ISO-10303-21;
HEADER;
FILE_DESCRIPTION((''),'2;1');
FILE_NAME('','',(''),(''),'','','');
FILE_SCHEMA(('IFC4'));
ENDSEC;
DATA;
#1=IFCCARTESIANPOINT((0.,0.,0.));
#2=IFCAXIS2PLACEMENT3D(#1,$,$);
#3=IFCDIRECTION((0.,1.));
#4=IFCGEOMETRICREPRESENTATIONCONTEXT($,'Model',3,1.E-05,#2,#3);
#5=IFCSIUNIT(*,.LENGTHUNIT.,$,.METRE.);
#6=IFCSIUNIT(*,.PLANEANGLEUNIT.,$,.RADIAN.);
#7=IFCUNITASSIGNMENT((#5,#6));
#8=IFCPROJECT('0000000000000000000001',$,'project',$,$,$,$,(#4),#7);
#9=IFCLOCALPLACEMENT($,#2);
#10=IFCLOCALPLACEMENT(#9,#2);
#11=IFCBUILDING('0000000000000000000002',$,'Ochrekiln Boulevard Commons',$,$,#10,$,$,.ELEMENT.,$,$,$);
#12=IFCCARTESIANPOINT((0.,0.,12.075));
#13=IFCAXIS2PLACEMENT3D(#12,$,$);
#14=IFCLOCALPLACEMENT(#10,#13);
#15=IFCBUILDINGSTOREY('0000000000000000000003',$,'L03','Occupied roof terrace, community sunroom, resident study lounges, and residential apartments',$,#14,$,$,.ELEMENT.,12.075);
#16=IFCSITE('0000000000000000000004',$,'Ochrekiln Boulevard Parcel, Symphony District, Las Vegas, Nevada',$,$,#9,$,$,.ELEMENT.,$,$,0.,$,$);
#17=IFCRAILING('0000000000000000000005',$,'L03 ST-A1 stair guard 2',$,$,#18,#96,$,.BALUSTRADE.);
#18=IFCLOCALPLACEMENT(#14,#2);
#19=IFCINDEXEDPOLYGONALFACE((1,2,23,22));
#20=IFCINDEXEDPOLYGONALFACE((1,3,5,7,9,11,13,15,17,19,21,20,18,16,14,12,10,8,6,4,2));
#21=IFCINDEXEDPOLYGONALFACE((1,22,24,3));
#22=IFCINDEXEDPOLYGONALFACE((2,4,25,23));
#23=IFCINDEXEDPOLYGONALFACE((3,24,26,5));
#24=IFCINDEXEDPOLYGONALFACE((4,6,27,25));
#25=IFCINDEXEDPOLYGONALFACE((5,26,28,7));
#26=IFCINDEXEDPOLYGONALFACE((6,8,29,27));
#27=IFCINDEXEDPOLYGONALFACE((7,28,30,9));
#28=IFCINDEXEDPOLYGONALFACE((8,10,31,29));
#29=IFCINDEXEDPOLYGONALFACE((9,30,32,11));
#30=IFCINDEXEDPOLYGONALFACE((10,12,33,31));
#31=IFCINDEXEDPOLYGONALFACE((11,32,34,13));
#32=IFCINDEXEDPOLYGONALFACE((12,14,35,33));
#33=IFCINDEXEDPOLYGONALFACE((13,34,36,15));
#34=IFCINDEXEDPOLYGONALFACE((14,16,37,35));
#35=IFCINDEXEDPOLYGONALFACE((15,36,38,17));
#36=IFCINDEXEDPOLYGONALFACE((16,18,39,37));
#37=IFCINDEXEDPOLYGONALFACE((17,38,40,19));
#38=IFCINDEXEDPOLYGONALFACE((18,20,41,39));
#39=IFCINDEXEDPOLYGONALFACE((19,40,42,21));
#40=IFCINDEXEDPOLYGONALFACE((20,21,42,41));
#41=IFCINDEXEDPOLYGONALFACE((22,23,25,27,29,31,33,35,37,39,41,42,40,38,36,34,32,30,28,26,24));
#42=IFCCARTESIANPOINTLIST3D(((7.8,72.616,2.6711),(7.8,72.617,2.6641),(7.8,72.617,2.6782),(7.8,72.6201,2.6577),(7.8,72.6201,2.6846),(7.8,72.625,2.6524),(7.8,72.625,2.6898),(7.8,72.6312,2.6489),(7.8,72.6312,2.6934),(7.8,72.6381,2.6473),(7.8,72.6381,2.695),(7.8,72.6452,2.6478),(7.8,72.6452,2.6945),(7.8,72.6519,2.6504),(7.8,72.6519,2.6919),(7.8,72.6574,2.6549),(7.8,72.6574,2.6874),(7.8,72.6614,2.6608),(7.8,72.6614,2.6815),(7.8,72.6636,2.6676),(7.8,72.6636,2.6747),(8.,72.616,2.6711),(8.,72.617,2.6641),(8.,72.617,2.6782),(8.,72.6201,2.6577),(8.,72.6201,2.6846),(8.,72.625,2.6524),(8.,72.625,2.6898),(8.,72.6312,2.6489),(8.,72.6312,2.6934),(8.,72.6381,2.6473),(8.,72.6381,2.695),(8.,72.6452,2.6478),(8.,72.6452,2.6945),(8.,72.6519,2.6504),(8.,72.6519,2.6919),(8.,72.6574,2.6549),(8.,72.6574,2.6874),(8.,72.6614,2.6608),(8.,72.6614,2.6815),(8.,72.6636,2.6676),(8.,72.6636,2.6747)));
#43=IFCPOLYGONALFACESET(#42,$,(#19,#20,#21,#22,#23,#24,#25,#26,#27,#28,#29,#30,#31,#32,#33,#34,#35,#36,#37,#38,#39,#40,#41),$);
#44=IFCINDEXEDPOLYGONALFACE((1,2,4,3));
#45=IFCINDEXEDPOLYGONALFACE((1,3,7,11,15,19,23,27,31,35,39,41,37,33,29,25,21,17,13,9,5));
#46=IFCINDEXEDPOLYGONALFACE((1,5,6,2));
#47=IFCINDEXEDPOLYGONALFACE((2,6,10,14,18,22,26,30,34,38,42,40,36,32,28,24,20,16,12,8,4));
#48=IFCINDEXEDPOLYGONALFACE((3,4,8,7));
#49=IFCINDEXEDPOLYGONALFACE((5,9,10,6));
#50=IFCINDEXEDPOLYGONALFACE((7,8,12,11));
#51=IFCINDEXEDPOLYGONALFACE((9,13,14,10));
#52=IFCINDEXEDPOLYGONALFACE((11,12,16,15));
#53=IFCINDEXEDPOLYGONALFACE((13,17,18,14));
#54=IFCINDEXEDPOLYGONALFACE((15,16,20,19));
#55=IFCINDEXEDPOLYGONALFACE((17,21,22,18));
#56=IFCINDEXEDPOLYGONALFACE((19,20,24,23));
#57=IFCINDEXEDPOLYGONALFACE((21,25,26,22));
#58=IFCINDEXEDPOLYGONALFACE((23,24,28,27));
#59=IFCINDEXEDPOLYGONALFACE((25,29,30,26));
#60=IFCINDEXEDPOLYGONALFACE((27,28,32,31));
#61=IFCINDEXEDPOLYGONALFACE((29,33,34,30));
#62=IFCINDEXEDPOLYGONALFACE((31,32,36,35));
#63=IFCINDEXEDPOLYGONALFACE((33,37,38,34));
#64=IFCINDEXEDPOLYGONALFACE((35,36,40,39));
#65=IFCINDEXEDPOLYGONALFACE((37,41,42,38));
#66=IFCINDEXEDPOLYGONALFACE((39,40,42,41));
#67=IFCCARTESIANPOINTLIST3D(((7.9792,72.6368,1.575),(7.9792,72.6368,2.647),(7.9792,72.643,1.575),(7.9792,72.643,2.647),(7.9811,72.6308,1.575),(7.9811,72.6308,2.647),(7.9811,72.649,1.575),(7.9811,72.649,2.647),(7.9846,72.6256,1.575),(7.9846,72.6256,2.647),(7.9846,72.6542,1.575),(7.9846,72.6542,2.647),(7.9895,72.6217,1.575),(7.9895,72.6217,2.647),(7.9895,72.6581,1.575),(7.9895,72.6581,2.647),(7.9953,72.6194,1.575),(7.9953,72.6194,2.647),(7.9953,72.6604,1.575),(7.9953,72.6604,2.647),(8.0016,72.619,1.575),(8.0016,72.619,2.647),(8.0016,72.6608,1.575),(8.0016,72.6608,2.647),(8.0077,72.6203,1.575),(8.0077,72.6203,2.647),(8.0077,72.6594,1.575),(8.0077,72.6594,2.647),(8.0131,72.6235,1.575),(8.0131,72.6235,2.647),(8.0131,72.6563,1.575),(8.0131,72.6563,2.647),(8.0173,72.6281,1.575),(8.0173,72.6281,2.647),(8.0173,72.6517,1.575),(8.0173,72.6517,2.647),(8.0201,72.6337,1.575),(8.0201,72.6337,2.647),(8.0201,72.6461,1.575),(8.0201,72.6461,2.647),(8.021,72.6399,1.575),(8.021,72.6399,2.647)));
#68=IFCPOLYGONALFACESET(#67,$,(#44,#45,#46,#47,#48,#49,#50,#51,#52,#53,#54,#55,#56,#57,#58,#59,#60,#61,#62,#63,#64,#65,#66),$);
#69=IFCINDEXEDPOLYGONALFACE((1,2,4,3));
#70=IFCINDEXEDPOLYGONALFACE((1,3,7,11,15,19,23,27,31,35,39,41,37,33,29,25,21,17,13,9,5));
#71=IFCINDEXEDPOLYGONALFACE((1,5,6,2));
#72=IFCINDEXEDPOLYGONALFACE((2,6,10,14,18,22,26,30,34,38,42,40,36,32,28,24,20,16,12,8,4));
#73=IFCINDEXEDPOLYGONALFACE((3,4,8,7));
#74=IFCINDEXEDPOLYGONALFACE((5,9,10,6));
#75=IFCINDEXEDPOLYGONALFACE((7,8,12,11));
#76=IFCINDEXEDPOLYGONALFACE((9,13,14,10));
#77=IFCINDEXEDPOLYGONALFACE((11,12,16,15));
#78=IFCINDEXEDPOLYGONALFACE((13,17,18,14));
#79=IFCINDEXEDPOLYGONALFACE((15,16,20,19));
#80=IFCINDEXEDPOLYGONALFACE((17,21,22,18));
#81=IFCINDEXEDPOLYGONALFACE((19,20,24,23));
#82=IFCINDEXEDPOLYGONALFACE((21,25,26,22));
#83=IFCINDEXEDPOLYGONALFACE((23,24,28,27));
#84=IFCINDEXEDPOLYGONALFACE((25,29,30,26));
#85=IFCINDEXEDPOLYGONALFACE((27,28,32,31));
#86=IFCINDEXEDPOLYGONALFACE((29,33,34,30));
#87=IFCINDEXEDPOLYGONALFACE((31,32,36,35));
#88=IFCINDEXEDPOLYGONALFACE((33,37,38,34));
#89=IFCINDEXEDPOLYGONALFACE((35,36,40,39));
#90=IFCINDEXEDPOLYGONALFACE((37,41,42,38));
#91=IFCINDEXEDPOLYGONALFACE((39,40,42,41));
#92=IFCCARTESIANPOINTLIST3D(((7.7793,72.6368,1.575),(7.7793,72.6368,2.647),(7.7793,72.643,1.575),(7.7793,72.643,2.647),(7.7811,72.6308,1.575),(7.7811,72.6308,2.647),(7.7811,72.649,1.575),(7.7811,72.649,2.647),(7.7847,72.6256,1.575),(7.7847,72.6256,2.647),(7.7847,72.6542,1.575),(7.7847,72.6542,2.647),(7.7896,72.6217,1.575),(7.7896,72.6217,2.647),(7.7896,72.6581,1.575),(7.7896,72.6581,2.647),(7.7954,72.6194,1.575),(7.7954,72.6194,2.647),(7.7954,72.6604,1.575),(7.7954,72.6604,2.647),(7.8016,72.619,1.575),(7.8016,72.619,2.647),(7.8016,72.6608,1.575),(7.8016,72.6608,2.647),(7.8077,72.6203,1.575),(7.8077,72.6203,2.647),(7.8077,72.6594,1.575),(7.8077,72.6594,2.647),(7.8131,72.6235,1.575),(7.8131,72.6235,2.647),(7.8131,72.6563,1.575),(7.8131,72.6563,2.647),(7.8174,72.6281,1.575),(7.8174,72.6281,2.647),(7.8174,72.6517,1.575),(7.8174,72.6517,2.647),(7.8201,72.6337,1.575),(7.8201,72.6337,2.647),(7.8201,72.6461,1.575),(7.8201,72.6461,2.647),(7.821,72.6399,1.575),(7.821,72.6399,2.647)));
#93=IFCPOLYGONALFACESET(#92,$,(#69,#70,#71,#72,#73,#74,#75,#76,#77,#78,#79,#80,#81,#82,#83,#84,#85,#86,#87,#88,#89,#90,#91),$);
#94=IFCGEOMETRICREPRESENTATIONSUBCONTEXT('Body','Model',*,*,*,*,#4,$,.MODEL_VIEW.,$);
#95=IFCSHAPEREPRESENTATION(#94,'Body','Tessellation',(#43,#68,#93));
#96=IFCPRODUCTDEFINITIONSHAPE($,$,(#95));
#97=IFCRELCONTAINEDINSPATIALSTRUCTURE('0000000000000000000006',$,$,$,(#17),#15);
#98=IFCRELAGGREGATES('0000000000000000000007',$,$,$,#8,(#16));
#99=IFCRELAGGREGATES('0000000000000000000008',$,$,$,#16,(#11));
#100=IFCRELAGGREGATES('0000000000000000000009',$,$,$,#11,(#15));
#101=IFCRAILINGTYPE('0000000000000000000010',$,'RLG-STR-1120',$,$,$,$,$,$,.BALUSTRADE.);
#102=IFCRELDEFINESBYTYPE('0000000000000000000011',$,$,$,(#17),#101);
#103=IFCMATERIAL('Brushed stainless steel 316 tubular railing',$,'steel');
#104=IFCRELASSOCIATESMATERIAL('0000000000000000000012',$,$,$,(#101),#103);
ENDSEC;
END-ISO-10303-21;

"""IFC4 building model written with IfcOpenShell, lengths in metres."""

from ifc_helpers import new_model, si_unit, direction, frame, origin, origin_2d, place, context, subcontext, project, spatial, circle, extrude, material, type_object, element, save


model = new_model("IFC4")

# Units and contexts
model_context = context("Model", 3, precision=1e-05, world=origin(), true_north=direction((0.0, 1.0)))
body_context = subcontext(model_context, "Body", "Model", "MODEL_VIEW")
ifc_project = project(units=[si_unit("LENGTHUNIT", "METRE"), si_unit("PLANEANGLEUNIT", "RADIAN")], contexts=[model_context])

# Site, building, storey
site_placement = place(None, origin())
site = spatial("IfcSite", under=ifc_project, at=site_placement, Name="Ochrekiln Boulevard Parcel, Symphony District, Las Vegas, Nevada", CompositionType="ELEMENT", RefElevation=0.0)
building_placement = place(site_placement, origin())
building = spatial("IfcBuilding", under=site, at=building_placement, Name="Ochrekiln Boulevard Commons", CompositionType="ELEMENT")
storey_placement = place(building_placement, frame((0.0, 0.0, 12.075)))
storey = spatial("IfcBuildingStorey", under=building, at=storey_placement, Name="L03", Description="Occupied roof terrace, community sunroom, resident study lounges, and residential apartments", CompositionType="ELEMENT", Elevation=12.075)

# Railing
ifc_material_1 = material(Name="Brushed stainless steel 316 tubular railing", Category="steel")
railing_type_1 = type_object("IfcRailingType", Name="RLG-STR-1120", PredefinedType="BALUSTRADE", material=ifc_material_1)
railing_1_placement = place(storey_placement, frame((8.0, 72.6399, 1.575)))
element("IfcRailing", 1, at=railing_1_placement, inside=storey, type_object=railing_type_1, Name="L03 ST-A1 stair guard 2", PredefinedType="BALUSTRADE", context=body_context, shape_type="SweptSolid", body=[
    extrude(circle(Radius=0.0239, at=origin_2d()), frame((0.0, 0.0, 1.0962), z_axis=(-1.0, 0.0, 0.0), x_axis=(0.0, -1.0, 0.0)), (0.0, 0.0, 1.0), 0.2),
    extrude(circle(Radius=0.021, at=origin_2d()), origin(), (0.0, 0.0, 1.0), 1.072),
    extrude(circle(Radius=0.021, at=origin_2d()), frame((-0.2, 0.0, 0.0)), (0.0, 0.0, 1.0), 1.072),
])

save(model, "model.ifc")
